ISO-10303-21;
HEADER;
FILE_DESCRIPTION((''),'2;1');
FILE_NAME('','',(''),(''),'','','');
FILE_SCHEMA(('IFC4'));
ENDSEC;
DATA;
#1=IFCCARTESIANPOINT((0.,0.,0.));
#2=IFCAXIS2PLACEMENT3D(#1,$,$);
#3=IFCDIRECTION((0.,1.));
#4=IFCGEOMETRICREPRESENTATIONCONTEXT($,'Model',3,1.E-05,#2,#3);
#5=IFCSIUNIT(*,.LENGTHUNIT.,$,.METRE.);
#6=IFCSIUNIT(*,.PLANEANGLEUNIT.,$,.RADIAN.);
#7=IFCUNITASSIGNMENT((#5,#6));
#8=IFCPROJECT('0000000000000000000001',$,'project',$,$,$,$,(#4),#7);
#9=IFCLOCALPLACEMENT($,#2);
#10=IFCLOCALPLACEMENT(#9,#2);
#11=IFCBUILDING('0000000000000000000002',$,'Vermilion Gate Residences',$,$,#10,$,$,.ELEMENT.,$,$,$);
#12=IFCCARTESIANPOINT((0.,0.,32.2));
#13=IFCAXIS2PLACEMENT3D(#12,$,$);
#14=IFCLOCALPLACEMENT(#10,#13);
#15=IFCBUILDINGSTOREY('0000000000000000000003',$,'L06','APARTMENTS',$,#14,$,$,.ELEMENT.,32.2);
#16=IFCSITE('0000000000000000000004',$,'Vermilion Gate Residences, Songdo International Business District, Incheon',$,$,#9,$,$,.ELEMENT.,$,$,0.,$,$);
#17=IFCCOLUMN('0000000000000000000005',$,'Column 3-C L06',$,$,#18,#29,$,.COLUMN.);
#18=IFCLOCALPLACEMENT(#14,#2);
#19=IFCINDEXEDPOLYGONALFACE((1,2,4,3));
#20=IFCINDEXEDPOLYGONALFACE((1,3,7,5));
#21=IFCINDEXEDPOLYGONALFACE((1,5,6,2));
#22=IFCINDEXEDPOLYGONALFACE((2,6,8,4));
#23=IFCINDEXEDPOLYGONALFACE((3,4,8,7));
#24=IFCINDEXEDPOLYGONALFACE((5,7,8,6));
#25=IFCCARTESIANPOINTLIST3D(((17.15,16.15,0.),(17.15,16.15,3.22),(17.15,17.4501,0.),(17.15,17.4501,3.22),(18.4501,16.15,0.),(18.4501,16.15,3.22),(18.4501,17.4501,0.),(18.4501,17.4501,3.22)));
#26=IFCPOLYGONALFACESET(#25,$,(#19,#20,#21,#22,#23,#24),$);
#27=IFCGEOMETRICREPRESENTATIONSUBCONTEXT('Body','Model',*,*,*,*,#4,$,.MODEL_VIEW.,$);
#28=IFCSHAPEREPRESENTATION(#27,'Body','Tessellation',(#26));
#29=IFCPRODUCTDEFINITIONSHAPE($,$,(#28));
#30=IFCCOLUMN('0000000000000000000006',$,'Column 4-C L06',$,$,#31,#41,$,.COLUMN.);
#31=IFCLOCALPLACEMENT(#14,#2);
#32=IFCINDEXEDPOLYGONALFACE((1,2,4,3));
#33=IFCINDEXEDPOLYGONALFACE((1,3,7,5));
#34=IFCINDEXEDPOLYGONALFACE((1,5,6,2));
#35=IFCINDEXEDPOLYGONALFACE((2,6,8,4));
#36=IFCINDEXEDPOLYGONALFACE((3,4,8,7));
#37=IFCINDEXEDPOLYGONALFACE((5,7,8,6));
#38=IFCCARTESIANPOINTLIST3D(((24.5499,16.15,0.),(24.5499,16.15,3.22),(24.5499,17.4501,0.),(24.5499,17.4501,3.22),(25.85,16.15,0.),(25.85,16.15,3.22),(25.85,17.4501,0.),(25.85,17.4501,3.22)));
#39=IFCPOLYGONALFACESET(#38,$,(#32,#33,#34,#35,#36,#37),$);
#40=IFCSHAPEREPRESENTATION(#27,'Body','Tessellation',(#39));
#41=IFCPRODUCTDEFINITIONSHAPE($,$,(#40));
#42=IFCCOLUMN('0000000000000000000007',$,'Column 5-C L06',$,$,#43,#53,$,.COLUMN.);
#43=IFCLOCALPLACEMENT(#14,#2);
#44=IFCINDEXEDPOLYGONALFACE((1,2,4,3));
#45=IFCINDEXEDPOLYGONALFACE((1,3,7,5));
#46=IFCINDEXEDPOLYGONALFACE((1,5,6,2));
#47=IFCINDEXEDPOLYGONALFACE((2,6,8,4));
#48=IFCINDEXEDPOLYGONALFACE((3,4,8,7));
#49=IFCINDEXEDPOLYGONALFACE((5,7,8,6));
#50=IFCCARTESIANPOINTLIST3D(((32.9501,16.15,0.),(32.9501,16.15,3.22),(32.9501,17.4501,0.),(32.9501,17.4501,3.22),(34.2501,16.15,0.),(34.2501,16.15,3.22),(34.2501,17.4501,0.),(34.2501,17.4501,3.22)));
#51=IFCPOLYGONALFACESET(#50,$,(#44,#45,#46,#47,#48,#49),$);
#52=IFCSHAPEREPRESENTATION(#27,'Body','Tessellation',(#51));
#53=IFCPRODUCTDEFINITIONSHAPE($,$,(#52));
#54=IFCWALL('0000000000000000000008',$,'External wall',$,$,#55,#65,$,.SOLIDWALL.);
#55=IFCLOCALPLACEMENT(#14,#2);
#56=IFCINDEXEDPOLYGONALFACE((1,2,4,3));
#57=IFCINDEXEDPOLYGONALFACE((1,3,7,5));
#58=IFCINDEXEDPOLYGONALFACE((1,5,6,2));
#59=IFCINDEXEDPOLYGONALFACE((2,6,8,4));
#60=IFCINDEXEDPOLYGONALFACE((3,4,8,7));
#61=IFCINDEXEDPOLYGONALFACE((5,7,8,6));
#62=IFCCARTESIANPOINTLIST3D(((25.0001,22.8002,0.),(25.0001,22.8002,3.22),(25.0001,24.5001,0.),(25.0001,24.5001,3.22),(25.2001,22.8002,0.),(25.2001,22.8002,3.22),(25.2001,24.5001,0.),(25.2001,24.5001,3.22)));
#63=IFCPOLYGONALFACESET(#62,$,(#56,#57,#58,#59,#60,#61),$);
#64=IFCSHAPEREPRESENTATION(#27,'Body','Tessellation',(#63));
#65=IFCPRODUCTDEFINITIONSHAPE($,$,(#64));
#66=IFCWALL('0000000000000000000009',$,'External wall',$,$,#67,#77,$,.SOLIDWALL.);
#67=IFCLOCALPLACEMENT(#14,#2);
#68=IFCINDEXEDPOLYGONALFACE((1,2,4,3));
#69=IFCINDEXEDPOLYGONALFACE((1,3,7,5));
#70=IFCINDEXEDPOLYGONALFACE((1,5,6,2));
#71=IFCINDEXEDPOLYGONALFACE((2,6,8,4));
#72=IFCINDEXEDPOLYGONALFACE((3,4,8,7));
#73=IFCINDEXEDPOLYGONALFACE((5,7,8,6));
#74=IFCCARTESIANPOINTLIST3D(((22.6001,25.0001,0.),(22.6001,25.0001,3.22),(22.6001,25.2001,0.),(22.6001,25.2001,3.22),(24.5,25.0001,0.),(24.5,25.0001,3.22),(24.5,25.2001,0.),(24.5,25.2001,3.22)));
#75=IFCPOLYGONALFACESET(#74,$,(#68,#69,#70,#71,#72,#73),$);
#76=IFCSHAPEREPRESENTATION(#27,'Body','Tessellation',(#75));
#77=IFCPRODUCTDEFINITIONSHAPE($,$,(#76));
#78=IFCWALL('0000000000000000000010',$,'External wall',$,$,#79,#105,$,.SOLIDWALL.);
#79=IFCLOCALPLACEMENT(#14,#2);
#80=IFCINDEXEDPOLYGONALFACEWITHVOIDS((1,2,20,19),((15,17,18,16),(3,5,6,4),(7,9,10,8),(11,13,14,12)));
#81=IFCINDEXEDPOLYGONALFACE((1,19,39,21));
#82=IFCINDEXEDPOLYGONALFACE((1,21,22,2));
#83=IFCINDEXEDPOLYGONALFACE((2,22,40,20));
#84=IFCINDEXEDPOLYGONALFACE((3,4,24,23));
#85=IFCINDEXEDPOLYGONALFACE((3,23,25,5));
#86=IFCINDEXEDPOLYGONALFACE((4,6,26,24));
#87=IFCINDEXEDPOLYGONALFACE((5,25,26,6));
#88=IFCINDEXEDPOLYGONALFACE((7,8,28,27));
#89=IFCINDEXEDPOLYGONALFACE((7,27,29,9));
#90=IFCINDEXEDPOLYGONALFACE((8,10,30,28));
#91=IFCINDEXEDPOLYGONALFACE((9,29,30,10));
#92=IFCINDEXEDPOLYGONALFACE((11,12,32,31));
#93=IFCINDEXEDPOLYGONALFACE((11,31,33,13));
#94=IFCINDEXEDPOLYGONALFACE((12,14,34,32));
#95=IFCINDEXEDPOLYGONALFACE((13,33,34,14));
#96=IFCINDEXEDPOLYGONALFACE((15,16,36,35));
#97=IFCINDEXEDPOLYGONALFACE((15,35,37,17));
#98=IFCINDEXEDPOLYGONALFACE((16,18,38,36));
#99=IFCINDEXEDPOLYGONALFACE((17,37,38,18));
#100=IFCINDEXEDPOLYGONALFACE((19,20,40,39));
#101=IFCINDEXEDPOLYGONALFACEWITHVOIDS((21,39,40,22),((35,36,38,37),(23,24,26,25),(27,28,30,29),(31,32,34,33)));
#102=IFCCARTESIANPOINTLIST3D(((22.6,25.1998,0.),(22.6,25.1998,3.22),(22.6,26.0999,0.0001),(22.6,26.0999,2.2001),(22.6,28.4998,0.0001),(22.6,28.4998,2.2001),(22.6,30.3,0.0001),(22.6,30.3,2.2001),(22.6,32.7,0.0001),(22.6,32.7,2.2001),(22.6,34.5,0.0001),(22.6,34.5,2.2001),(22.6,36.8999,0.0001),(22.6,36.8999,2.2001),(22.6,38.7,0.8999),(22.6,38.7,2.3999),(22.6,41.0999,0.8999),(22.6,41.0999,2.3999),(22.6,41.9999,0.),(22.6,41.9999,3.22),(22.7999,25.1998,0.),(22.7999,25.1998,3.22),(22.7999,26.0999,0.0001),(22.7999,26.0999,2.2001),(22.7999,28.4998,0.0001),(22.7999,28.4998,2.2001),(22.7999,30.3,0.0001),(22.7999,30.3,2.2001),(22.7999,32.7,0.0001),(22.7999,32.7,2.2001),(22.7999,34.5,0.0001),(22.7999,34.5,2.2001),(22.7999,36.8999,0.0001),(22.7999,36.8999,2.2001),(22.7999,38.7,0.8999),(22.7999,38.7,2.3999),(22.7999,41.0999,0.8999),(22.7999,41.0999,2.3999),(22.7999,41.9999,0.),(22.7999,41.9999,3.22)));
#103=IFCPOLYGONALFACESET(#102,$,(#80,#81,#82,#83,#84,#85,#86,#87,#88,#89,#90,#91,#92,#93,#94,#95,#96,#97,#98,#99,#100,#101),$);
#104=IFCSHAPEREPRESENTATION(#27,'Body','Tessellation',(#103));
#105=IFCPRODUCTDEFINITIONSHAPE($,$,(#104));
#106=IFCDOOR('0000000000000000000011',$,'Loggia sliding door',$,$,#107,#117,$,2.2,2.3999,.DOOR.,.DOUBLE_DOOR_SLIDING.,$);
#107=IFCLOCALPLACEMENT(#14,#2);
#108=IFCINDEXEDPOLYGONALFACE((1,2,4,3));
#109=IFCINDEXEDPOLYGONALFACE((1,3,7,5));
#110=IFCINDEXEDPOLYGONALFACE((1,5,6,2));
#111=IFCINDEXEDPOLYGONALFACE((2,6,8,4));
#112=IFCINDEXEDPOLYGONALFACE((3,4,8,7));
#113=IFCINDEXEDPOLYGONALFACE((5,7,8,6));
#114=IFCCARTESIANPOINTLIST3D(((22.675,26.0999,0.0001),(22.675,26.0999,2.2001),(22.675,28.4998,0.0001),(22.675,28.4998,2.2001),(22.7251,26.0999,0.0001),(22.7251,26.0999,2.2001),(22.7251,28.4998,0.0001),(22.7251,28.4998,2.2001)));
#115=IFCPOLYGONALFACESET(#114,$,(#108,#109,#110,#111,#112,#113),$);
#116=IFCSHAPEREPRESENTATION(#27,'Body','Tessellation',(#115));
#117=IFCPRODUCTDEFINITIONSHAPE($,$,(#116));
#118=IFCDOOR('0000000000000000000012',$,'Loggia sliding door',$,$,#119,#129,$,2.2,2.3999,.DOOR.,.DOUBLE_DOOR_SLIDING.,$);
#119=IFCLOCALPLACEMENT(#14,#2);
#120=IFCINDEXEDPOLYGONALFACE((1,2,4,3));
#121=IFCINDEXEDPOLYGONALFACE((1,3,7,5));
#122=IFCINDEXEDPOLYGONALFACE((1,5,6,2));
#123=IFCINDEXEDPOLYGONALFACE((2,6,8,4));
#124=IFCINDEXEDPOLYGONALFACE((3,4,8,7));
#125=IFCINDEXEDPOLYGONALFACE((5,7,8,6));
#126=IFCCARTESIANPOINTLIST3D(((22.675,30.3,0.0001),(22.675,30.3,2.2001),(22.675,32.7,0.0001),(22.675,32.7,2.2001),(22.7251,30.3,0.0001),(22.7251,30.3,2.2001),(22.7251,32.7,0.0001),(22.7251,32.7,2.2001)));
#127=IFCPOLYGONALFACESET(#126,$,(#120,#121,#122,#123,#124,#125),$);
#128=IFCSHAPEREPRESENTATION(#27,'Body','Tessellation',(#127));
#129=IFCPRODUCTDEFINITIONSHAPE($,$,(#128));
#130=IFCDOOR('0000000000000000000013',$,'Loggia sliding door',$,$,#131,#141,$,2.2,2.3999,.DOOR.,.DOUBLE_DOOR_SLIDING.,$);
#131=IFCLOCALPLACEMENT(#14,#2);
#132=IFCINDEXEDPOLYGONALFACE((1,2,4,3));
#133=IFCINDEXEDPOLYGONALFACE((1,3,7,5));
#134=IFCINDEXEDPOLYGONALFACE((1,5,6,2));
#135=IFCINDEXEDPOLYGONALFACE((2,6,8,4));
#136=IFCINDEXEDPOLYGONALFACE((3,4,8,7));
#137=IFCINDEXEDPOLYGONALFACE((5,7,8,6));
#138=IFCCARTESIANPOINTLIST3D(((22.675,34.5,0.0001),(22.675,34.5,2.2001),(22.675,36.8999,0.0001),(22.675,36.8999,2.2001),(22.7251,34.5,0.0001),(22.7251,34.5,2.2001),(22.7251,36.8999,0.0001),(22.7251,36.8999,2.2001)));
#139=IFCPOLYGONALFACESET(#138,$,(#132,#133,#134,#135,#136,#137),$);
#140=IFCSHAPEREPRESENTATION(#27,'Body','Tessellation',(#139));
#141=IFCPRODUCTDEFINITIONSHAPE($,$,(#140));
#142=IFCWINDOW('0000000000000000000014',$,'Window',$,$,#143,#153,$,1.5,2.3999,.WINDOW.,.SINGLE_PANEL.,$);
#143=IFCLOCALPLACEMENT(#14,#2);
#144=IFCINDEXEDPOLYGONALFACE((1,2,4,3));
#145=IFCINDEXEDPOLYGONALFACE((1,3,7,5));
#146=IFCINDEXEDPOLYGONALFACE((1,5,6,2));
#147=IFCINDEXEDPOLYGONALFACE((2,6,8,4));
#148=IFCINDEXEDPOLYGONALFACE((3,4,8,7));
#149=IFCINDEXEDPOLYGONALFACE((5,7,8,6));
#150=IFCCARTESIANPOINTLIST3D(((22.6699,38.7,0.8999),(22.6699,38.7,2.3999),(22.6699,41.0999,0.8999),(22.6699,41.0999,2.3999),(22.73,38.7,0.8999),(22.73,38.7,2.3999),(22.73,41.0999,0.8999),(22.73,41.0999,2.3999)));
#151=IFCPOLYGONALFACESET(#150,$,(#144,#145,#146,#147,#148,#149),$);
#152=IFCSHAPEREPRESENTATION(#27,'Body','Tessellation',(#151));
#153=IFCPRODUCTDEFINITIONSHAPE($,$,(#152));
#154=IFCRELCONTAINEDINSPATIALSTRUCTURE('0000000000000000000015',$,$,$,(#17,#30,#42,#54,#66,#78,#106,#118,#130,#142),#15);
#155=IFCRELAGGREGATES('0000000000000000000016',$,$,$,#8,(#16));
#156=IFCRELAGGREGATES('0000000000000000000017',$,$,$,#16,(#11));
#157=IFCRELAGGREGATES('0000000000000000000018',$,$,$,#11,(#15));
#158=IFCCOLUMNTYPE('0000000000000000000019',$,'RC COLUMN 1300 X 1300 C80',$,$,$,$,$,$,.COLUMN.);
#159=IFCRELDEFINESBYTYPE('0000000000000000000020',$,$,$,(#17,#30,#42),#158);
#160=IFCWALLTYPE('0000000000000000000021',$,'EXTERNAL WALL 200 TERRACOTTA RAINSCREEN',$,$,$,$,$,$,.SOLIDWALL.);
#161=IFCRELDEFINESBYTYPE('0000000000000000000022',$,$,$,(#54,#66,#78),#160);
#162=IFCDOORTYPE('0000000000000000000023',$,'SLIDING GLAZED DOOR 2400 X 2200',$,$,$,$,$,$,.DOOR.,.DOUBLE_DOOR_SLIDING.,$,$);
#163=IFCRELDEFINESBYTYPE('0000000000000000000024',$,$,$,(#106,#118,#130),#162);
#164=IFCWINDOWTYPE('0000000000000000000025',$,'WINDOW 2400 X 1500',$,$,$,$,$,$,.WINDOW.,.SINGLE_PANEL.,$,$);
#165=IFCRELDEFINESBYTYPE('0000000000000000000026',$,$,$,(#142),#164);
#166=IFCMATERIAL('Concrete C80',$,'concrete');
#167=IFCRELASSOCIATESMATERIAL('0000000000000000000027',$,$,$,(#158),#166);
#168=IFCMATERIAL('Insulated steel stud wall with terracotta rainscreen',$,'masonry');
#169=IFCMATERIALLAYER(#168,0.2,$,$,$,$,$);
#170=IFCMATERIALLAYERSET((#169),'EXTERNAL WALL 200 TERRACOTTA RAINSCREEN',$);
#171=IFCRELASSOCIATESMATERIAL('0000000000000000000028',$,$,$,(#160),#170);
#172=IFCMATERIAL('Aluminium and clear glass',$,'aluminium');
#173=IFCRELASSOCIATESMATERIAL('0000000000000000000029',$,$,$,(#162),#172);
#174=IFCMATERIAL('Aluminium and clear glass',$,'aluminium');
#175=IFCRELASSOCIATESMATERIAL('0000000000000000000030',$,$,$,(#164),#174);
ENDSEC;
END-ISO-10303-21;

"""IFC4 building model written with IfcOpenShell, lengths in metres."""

from ifc_helpers import new_model, si_unit, direction, frame, frame_2d, origin, origin_2d, place, context, subcontext, project, spatial, rectangle, extrude, material, layer, layer_set, material_profile, profile_set, type_object, element, fill, save


model = new_model("IFC4")

# Units and contexts
model_context = context("Model", 3, precision=1e-05, world=origin(), true_north=direction((0.0, 1.0)))
body_context = subcontext(model_context, "Body", "Model", "MODEL_VIEW")
ifc_project = project(units=[si_unit("LENGTHUNIT", "METRE"), si_unit("PLANEANGLEUNIT", "RADIAN")], contexts=[model_context])

# Site, building, storey
site_placement = place(None, origin())
site = spatial("IfcSite", under=ifc_project, at=site_placement, Name="Vermilion Gate Residences, Songdo International Business District, Incheon", CompositionType="ELEMENT", RefElevation=0.0)
building_placement = place(site_placement, origin())
building = spatial("IfcBuilding", under=site, at=building_placement, Name="Vermilion Gate Residences", CompositionType="ELEMENT")
storey_placement = place(building_placement, frame((0.0, 0.0, 32.2)))
storey = spatial("IfcBuildingStorey", under=building, at=storey_placement, Name="L06", Description="APARTMENTS", CompositionType="ELEMENT", Elevation=32.2)

# Columns
ifc_material_1 = material(Name="Concrete C80", Category="concrete")
ifc_material_profile = material_profile(ifc_material_1, rectangle(XDim=1.3, YDim=1.3, at=origin_2d()), Name="RC-1300x1300")
ifc_profile_set = profile_set([ifc_material_profile], Name="Concrete C80")
column_type = type_object("IfcColumnType", Name="RC COLUMN 1300 X 1300 C80", PredefinedType="COLUMN", material=ifc_profile_set)
for number, where, z_axis, x_axis, name in (
    (1, (17.8, 16.8, 0.0), (0.0, 0.0, 1.0), (1.0, 0.0, 0.0), "Column 3-C L06"),
    (2, (25.2, 16.8, 0.0), (0.0, 0.0, 1.0), (1.0, 0.0, 0.0), "Column 4-C L06"),
    (3, (33.6001, 16.8, 0.0), (0.0, 0.0, 1.0), (1.0, 0.0, 0.0), "Column 5-C L06"),
):
    element("IfcColumn", number, at=place(storey_placement, frame(where, z_axis=z_axis, x_axis=x_axis)), inside=storey, type_object=column_type, Name=name, PredefinedType="COLUMN", context=body_context, shape_type="SweptSolid", body=[
        extrude(rectangle(XDim=1.3, YDim=1.3, at=origin_2d()), origin(), (0.0, 0.0, 1.0), 3.22),
    ])

# Walls
ifc_material_2 = material(Name="Insulated steel stud wall with terracotta rainscreen", Category="masonry")
ifc_layer_1 = layer(ifc_material_2, 0.2)
ifc_layer_set_1 = layer_set([ifc_layer_1], Name="EXTERNAL WALL 200 TERRACOTTA RAINSCREEN")
wall_type_1 = type_object("IfcWallType", Name="EXTERNAL WALL 200 TERRACOTTA RAINSCREEN", PredefinedType="SOLIDWALL", material=ifc_layer_set_1)
wall_1_placement = place(storey_placement, frame((25.1001, 22.8, 0.0), z_axis=(0.0, 0.0, 1.0), x_axis=(0.0, 1.0, 0.0)))
element("IfcWall", 4, at=wall_1_placement, inside=storey, type_object=wall_type_1, Name="External wall", PredefinedType="SOLIDWALL", context=body_context, shape_type="SweptSolid", body=[
    extrude(rectangle(XDim=1.7, YDim=0.2, at=frame_2d((0.8501, 0.0))), origin(), (0.0, 0.0, 1.0), 3.22),
])
wall_2_placement = place(storey_placement, frame((24.5, 25.1001, 0.0), z_axis=(0.0, 0.0, 1.0), x_axis=(-1.0, 0.0, 0.0)))
element("IfcWall", 5, at=wall_2_placement, inside=storey, type_object=wall_type_1, Name="External wall", PredefinedType="SOLIDWALL", context=body_context, shape_type="SweptSolid", body=[
    extrude(rectangle(XDim=1.8999, YDim=0.2, at=frame_2d((0.95, 0.0))), origin(), (0.0, 0.0, 1.0), 3.22),
])

# Wall, openings, doors, window
wall_3_placement = place(storey_placement, frame((22.7, 25.2, 0.0), z_axis=(0.0, 0.0, 1.0), x_axis=(0.0, 1.0, 0.0)))
wall_3 = element("IfcWall", 6, at=wall_3_placement, inside=storey, type_object=wall_type_1, Name="External wall", PredefinedType="SOLIDWALL", context=body_context, shape_type="SweptSolid", body=[
    extrude(rectangle(XDim=16.8, YDim=0.2, at=frame_2d((8.3999, 0.0))), origin(), (0.0, 0.0, 1.0), 3.22),
])
opening_1_placement = place(wall_3_placement, frame((0.8999, 0.0, 0.0)))
opening_1 = element("IfcOpeningElement", 7, at=opening_1_placement, cuts=wall_3, PredefinedType="OPENING", context=body_context, shape_type="SweptSolid", body=[
    extrude(rectangle(XDim=2.3999, YDim=2.2, at=frame_2d((1.2, 1.1001))), frame((0.0, 0.1099, 0.0), z_axis=(0.0, -1.0, 0.0), x_axis=(1.0, 0.0, 0.0)), (0.0, 0.0, 1.0), 0.22),
])
opening_2_placement = place(wall_3_placement, frame((5.1001, 0.0, 0.0)))
opening_2 = element("IfcOpeningElement", 8, at=opening_2_placement, cuts=wall_3, PredefinedType="OPENING", context=body_context, shape_type="SweptSolid", body=[
    extrude(rectangle(XDim=2.3999, YDim=2.2, at=frame_2d((1.2, 1.1001))), frame((0.0, 0.1099, 0.0), z_axis=(0.0, -1.0, 0.0), x_axis=(1.0, 0.0, 0.0)), (0.0, 0.0, 1.0), 0.22),
])
opening_3_placement = place(wall_3_placement, frame((9.3, 0.0, 0.0)))
opening_3 = element("IfcOpeningElement", 9, at=opening_3_placement, cuts=wall_3, PredefinedType="OPENING", context=body_context, shape_type="SweptSolid", body=[
    extrude(rectangle(XDim=2.3999, YDim=2.2, at=frame_2d((1.2, 1.1001))), frame((0.0, 0.1099, 0.0), z_axis=(0.0, -1.0, 0.0), x_axis=(1.0, 0.0, 0.0)), (0.0, 0.0, 1.0), 0.22),
])
opening_4_placement = place(wall_3_placement, frame((13.5, 0.0, 0.8999)))
opening_4 = element("IfcOpeningElement", 10, at=opening_4_placement, cuts=wall_3, PredefinedType="OPENING", context=body_context, shape_type="SweptSolid", body=[
    extrude(rectangle(XDim=2.3999, YDim=1.5, at=frame_2d((1.2, 0.75))), frame((0.0, 0.1099, 0.0), z_axis=(0.0, -1.0, 0.0), x_axis=(1.0, 0.0, 0.0)), (0.0, 0.0, 1.0), 0.22),
])
ifc_material_3 = material(Name="Aluminium and clear glass", Category="aluminium")
door_type_1 = type_object("IfcDoorType", Name="SLIDING GLAZED DOOR 2400 X 2200", OperationType="DOUBLE_DOOR_SLIDING", PredefinedType="DOOR", material=ifc_material_3)
door_1_placement = place(opening_1_placement, origin())
door_1 = element("IfcDoor", 11, at=door_1_placement, inside=storey, type_object=door_type_1, Name="Loggia sliding door", OperationType="DOUBLE_DOOR_SLIDING", OverallHeight=2.2, OverallWidth=2.3999, PredefinedType="DOOR", context=body_context, shape_type="SweptSolid", body=[
    extrude(rectangle(XDim=2.3999, YDim=2.2, at=frame_2d((1.2, 1.1001))), frame((0.0, 0.0249, 0.0), z_axis=(0.0, -1.0, 0.0), x_axis=(1.0, 0.0, 0.0)), (0.0, 0.0, 1.0), 0.05),
])
fill(opening_1, door_1)
door_2_placement = place(opening_2_placement, origin())
door_2 = element("IfcDoor", 12, at=door_2_placement, inside=storey, type_object=door_type_1, Name="Loggia sliding door", OperationType="DOUBLE_DOOR_SLIDING", OverallHeight=2.2, OverallWidth=2.3999, PredefinedType="DOOR", context=body_context, shape_type="SweptSolid", body=[
    extrude(rectangle(XDim=2.3999, YDim=2.2, at=frame_2d((1.2, 1.1001))), frame((0.0, 0.0249, 0.0), z_axis=(0.0, -1.0, 0.0), x_axis=(1.0, 0.0, 0.0)), (0.0, 0.0, 1.0), 0.05),
])
fill(opening_2, door_2)
door_3_placement = place(opening_3_placement, origin())
door_3 = element("IfcDoor", 13, at=door_3_placement, inside=storey, type_object=door_type_1, Name="Loggia sliding door", OperationType="DOUBLE_DOOR_SLIDING", OverallHeight=2.2, OverallWidth=2.3999, PredefinedType="DOOR", context=body_context, shape_type="SweptSolid", body=[
    extrude(rectangle(XDim=2.3999, YDim=2.2, at=frame_2d((1.2, 1.1001))), frame((0.0, 0.0249, 0.0), z_axis=(0.0, -1.0, 0.0), x_axis=(1.0, 0.0, 0.0)), (0.0, 0.0, 1.0), 0.05),
])
fill(opening_3, door_3)
ifc_material_4 = material(Name="Aluminium and clear glass", Category="aluminium")
window_type = type_object("IfcWindowType", Name="WINDOW 2400 X 1500", PartitioningType="SINGLE_PANEL", PredefinedType="WINDOW", material=ifc_material_4)
window_placement = place(opening_4_placement, origin())
window = element("IfcWindow", 14, at=window_placement, inside=storey, type_object=window_type, Name="Window", OverallHeight=1.5, OverallWidth=2.3999, PartitioningType="SINGLE_PANEL", PredefinedType="WINDOW", context=body_context, shape_type="SweptSolid", body=[
    extrude(rectangle(XDim=2.3999, YDim=1.5, at=frame_2d((1.2, 0.75))), frame((0.0, 0.03, 0.0), z_axis=(0.0, -1.0, 0.0), x_axis=(1.0, 0.0, 0.0)), (0.0, 0.0, 1.0), 0.0601),
])
fill(opening_4, window)

save(model, "model.ifc")
